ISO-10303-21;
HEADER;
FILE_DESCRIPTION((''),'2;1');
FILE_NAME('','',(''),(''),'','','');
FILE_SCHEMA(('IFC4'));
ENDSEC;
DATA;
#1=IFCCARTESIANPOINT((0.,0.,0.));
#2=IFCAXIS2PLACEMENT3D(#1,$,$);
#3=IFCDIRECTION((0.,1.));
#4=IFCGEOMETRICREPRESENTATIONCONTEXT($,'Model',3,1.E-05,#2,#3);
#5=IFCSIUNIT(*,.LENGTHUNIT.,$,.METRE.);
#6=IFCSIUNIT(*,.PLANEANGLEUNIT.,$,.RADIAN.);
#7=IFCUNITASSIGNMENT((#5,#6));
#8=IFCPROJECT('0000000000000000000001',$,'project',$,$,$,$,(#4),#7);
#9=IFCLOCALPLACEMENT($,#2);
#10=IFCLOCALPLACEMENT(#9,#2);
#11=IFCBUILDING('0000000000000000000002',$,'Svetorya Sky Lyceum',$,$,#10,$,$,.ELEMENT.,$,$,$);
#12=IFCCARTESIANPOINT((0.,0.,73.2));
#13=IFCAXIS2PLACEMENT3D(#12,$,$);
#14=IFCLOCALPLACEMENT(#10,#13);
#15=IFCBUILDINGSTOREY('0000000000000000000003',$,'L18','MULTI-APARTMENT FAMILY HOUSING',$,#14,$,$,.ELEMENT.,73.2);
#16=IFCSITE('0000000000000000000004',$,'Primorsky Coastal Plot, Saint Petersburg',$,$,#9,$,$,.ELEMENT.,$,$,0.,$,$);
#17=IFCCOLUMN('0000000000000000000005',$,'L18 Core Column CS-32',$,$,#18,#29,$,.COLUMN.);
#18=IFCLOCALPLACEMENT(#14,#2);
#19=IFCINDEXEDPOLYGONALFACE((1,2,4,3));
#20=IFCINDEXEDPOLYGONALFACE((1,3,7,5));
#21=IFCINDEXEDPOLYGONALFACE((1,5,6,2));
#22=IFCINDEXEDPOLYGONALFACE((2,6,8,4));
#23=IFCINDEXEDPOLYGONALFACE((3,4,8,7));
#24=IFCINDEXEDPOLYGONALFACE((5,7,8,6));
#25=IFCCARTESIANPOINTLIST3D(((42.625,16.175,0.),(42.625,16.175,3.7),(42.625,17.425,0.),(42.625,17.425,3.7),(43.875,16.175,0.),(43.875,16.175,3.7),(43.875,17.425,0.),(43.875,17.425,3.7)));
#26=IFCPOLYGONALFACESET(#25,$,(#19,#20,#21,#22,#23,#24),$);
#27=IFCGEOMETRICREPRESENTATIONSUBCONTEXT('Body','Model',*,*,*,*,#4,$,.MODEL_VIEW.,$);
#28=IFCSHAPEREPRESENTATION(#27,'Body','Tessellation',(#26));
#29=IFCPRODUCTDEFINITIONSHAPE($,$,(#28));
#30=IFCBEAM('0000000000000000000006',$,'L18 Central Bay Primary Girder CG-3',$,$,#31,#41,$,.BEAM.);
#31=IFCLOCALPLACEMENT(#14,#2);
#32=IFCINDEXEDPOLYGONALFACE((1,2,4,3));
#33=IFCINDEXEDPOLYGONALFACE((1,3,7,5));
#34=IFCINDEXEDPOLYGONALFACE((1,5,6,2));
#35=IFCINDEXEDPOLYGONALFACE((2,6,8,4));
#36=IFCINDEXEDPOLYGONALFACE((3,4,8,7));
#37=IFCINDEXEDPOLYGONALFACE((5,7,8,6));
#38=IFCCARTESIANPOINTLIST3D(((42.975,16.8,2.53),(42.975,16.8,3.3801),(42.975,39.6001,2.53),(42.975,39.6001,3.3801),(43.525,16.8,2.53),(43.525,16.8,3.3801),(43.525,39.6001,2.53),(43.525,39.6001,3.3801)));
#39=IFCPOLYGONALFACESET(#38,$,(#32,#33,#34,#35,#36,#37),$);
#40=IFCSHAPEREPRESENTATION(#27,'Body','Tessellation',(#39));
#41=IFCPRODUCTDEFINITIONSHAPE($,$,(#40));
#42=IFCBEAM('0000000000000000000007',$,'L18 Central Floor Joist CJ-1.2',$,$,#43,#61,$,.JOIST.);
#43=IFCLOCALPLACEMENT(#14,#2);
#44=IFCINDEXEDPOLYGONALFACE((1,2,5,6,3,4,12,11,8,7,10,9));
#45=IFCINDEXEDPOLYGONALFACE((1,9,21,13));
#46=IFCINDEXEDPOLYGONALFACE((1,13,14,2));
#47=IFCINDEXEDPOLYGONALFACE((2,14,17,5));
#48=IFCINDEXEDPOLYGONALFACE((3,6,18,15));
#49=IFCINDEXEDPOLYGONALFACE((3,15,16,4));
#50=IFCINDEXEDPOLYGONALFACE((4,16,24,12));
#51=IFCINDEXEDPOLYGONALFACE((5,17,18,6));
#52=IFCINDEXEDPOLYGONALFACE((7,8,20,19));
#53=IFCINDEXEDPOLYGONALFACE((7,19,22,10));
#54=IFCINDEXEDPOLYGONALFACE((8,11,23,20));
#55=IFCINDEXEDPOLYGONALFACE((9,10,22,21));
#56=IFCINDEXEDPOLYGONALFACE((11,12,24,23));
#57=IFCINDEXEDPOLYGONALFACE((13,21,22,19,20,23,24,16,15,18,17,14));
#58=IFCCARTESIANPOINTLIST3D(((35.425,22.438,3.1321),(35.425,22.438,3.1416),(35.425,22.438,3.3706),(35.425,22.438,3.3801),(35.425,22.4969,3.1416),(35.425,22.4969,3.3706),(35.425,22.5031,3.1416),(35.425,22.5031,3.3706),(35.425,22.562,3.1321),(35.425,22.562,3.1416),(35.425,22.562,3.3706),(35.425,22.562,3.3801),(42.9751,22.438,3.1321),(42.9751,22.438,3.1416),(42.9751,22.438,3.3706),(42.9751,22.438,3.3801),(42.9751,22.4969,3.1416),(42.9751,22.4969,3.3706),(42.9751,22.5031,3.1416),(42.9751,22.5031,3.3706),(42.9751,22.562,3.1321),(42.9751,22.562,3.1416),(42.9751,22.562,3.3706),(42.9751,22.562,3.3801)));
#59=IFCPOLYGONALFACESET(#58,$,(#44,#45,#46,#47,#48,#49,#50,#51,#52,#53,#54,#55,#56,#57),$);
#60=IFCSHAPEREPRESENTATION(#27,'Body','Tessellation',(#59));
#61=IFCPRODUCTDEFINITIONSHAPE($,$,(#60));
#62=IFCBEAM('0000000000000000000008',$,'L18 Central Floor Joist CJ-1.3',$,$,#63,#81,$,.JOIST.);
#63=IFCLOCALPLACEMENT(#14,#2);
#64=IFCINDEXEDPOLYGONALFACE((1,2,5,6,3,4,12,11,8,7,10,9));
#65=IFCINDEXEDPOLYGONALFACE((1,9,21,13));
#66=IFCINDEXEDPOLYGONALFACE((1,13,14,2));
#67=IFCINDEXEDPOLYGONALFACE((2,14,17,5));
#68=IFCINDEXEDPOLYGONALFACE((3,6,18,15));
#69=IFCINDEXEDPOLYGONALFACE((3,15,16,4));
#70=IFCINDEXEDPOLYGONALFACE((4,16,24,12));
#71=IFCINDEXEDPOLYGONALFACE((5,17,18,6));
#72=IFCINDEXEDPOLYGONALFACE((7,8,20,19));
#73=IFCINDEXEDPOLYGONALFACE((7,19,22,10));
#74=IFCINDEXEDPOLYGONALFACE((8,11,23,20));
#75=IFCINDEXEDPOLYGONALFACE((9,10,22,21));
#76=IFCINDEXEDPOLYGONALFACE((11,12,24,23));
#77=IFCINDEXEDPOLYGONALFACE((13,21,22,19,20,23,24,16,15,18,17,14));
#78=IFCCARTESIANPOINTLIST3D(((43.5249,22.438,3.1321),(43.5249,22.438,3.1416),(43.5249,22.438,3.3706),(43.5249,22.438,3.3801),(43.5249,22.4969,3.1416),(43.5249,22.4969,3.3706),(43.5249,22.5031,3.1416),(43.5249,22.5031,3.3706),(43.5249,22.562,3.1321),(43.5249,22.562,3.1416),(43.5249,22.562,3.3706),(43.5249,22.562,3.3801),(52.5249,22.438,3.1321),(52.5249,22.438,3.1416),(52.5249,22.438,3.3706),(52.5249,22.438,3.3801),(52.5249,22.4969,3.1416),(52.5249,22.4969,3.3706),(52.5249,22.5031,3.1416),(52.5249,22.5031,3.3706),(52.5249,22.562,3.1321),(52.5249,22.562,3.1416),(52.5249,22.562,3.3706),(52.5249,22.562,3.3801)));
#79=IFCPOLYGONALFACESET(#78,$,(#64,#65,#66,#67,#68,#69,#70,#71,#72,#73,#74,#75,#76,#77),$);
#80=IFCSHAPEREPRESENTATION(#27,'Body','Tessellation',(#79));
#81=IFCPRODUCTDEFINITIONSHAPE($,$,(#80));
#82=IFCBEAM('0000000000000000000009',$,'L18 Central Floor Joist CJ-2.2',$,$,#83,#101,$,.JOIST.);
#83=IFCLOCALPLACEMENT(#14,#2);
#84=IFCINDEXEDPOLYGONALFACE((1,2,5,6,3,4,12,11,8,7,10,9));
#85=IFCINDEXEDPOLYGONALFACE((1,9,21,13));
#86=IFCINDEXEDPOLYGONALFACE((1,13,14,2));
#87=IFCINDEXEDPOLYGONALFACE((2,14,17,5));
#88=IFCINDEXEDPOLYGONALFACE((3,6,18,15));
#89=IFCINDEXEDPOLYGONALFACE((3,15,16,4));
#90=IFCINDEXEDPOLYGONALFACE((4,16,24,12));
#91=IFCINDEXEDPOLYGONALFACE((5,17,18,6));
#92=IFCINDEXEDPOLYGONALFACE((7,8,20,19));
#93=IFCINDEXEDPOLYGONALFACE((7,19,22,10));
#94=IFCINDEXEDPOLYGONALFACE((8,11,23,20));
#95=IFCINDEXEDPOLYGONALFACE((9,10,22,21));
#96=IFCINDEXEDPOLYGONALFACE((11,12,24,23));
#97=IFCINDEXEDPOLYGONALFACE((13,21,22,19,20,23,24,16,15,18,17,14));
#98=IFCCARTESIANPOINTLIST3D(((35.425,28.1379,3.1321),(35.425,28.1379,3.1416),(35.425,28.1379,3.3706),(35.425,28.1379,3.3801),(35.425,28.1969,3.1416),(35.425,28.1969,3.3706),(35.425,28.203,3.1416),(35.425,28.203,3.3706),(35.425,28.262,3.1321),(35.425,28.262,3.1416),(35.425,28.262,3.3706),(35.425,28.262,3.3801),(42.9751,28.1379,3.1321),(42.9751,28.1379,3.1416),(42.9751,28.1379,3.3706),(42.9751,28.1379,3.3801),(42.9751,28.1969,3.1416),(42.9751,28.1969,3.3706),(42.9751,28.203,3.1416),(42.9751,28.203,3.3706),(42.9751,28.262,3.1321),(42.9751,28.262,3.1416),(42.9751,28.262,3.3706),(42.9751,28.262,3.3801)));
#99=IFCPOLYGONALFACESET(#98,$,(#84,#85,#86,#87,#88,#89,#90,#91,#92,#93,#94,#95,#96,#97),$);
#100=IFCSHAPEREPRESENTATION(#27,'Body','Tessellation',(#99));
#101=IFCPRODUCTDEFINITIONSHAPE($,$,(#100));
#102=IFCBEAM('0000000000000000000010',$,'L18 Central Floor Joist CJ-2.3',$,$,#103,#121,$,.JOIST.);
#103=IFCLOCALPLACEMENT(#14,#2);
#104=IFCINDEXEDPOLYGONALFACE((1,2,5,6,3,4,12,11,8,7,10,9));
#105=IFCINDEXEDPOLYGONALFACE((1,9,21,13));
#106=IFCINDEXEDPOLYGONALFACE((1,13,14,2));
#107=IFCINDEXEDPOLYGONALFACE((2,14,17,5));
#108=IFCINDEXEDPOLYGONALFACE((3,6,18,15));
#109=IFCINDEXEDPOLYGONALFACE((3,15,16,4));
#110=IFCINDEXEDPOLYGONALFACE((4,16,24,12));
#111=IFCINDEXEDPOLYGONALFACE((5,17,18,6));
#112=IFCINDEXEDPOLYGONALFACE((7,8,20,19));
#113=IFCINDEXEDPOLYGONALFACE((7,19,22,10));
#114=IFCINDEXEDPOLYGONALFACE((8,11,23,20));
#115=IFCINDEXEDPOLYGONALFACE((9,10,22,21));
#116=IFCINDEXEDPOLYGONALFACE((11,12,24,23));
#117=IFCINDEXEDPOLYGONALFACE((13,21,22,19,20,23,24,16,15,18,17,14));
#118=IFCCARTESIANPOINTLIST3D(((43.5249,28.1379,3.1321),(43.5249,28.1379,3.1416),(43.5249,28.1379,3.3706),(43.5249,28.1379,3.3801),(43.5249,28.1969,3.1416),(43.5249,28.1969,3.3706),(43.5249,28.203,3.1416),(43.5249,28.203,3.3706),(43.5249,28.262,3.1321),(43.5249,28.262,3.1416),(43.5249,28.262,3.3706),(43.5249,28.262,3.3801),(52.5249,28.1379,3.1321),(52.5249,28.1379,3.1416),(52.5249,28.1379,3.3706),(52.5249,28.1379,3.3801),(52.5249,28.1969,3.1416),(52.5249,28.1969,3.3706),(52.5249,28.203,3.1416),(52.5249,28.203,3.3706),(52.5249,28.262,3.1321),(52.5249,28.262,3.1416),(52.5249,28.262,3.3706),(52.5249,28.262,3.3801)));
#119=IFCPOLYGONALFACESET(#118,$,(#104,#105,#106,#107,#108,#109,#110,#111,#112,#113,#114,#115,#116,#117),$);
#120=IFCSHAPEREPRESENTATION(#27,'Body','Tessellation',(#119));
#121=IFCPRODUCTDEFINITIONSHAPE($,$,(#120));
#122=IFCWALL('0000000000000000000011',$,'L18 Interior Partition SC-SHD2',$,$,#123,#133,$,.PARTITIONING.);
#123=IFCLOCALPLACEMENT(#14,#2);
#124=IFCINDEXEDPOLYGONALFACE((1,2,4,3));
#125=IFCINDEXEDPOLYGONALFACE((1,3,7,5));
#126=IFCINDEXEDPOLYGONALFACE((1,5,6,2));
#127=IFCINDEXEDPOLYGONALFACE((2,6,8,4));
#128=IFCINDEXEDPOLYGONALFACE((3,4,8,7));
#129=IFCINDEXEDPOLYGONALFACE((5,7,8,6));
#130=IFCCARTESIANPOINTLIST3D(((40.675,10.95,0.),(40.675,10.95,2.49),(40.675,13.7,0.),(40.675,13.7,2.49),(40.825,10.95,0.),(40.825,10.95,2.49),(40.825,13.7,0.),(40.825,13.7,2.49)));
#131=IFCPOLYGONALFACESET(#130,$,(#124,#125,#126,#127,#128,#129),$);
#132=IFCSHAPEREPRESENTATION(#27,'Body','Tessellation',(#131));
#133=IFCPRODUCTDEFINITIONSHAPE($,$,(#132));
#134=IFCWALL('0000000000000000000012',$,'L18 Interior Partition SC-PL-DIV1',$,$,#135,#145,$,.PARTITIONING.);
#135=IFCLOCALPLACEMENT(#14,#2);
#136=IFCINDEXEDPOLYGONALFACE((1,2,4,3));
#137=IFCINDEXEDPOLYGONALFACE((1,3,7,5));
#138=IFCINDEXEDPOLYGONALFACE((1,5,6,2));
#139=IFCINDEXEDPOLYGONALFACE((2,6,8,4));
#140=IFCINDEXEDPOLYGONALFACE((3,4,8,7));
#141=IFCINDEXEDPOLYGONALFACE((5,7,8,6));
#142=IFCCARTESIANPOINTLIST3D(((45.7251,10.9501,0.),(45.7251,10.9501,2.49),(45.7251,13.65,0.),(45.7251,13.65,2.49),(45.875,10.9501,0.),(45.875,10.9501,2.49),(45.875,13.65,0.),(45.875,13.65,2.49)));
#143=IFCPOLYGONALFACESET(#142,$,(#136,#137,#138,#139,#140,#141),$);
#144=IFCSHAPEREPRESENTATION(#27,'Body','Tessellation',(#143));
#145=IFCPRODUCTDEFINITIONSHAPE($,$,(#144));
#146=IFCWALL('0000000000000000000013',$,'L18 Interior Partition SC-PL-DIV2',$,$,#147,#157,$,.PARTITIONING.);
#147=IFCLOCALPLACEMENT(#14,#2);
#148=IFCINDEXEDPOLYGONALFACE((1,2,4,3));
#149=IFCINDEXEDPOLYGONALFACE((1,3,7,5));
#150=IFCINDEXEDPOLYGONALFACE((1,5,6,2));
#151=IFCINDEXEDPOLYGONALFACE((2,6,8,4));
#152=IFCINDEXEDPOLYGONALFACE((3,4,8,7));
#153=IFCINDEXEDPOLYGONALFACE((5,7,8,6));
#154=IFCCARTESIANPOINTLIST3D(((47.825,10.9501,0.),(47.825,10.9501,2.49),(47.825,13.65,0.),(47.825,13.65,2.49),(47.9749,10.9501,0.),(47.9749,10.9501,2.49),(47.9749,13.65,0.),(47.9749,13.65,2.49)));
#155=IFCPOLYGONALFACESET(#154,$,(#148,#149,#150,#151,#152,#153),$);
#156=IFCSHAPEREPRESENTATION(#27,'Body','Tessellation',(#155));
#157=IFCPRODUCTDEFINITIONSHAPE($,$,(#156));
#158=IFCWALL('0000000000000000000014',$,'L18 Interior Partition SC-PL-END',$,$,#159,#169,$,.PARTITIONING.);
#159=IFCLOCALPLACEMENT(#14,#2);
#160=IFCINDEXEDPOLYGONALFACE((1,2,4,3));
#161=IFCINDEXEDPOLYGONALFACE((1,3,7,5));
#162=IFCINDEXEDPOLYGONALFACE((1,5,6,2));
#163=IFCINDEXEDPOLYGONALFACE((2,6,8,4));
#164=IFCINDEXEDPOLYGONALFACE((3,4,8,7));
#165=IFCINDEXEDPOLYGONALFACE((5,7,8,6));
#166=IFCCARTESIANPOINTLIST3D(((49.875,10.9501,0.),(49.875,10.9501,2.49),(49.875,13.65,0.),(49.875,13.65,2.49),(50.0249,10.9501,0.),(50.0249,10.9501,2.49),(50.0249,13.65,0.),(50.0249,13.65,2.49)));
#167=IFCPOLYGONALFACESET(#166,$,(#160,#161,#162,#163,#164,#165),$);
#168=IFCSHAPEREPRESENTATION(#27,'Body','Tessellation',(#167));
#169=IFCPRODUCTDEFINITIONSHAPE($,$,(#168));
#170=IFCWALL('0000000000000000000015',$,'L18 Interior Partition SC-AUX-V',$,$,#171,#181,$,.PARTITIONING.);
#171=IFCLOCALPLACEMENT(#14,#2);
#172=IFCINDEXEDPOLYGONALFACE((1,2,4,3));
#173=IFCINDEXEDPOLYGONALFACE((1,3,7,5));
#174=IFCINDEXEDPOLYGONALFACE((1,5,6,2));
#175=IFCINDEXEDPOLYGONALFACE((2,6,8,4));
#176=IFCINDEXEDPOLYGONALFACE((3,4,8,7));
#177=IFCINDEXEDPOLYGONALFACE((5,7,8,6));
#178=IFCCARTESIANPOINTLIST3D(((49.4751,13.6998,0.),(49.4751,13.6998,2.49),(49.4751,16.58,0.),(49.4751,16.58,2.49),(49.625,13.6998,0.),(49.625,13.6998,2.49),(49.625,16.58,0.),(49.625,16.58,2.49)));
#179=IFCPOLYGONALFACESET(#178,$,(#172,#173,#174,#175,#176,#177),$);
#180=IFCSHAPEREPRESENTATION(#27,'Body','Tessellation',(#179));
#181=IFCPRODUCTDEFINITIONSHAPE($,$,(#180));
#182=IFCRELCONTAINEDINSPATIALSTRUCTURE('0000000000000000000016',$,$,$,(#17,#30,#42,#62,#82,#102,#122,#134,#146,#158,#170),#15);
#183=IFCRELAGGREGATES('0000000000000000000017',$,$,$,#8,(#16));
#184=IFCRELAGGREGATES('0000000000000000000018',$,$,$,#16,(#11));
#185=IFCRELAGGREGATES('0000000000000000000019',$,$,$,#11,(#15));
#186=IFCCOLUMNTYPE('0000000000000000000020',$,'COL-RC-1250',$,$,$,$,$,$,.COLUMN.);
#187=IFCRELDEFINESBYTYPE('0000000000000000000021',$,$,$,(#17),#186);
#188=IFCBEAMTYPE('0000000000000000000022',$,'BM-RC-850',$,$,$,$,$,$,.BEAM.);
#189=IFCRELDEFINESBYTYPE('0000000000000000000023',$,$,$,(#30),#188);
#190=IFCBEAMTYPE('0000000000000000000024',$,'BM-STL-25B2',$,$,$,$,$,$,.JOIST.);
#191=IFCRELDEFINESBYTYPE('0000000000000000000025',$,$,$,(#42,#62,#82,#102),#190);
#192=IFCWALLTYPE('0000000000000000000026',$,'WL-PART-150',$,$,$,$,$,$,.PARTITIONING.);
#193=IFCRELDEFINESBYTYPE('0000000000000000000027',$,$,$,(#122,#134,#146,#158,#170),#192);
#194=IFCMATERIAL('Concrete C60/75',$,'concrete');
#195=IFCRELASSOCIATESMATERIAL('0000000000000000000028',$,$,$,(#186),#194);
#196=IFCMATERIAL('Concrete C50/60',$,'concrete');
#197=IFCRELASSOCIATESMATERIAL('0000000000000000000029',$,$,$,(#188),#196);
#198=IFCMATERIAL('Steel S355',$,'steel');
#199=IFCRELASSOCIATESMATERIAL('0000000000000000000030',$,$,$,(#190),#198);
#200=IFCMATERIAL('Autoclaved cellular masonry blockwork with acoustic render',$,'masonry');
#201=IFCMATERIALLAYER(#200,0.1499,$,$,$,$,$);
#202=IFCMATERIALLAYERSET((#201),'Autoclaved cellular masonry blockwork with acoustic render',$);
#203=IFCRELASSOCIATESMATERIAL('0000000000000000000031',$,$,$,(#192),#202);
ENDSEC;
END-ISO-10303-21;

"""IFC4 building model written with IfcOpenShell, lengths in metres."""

from ifc_helpers import new_model, si_unit, direction, frame, frame_2d, origin, origin_2d, place, context, subcontext, project, spatial, rectangle, i_section, extrude, material, layer, layer_set, material_profile, profile_set, type_object, element, save


model = new_model("IFC4")

# Units and contexts
model_context = context("Model", 3, precision=1e-05, world=origin(), true_north=direction((0.0, 1.0)))
body_context = subcontext(model_context, "Body", "Model", "MODEL_VIEW")
ifc_project = project(units=[si_unit("LENGTHUNIT", "METRE"), si_unit("PLANEANGLEUNIT", "RADIAN")], contexts=[model_context])

# Site, building, storey
site_placement = place(None, origin())
site = spatial("IfcSite", under=ifc_project, at=site_placement, Name="Primorsky Coastal Plot, Saint Petersburg", CompositionType="ELEMENT", RefElevation=0.0)
building_placement = place(site_placement, origin())
building = spatial("IfcBuilding", under=site, at=building_placement, Name="Svetorya Sky Lyceum", CompositionType="ELEMENT")
storey_placement = place(building_placement, frame((0.0, 0.0, 73.2)))
storey = spatial("IfcBuildingStorey", under=building, at=storey_placement, Name="L18", Description="MULTI-APARTMENT FAMILY HOUSING", CompositionType="ELEMENT", Elevation=73.2)

# Column
ifc_material_1 = material(Name="Concrete C60/75", Category="concrete")
ifc_material_profile_1 = material_profile(ifc_material_1, rectangle(XDim=1.25, YDim=1.25, at=origin_2d()), Name="RC COL 1250x1250")
ifc_profile_set_1 = profile_set([ifc_material_profile_1], Name="Concrete C60/75")
column_type = type_object("IfcColumnType", Name="COL-RC-1250", PredefinedType="COLUMN", material=ifc_profile_set_1)
column_placement = place(storey_placement, frame((43.25, 16.8, 0.0), z_axis=(0.0, 0.0, 1.0), x_axis=(1.0, 0.0, 0.0)))
element("IfcColumn", 1, at=column_placement, inside=storey, type_object=column_type, Name="L18 Core Column CS-32", PredefinedType="COLUMN", context=body_context, shape_type="SweptSolid", body=[
    extrude(rectangle(XDim=1.25, YDim=1.25, at=origin_2d()), origin(), (0.0, 0.0, 1.0), 3.7),
])

# Beams
ifc_material_2 = material(Name="Concrete C50/60", Category="concrete")
ifc_material_profile_2 = material_profile(ifc_material_2, rectangle(XDim=0.55, YDim=0.8501, at=origin_2d()), Name="RC BEAM 550x850")
ifc_profile_set_2 = profile_set([ifc_material_profile_2], Name="Concrete C50/60")
beam_type_1 = type_object("IfcBeamType", Name="BM-RC-850", PredefinedType="BEAM", material=ifc_profile_set_2)
beam_1_placement = place(storey_placement, frame((43.25, 16.8, 2.9551), z_axis=(0.0, 1.0, 0.0), x_axis=(-1.0, 0.0, 0.0)))
element("IfcBeam", 2, at=beam_1_placement, inside=storey, type_object=beam_type_1, Name="L18 Central Bay Primary Girder CG-3", PredefinedType="BEAM", context=body_context, shape_type="SweptSolid", body=[
    extrude(rectangle(XDim=0.55, YDim=0.8501, at=origin_2d()), origin(), (0.0, 0.0, 1.0), 22.8),
])
ifc_material_3 = material(Name="Steel S355", Category="steel")
ifc_material_profile_3 = material_profile(ifc_material_3, i_section(OverallWidth=0.124, OverallDepth=0.248, WebThickness=0.0061, FlangeThickness=0.0095, at=origin_2d()), Name="GOST 25B2")
ifc_profile_set_3 = profile_set([ifc_material_profile_3], Name="Steel S355")
beam_type_2 = type_object("IfcBeamType", Name="BM-STL-25B2", PredefinedType="JOIST", material=ifc_profile_set_3)
beam_2_placement = place(storey_placement, frame((35.425, 22.5, 3.2561), z_axis=(1.0, 0.0, 0.0), x_axis=(0.0, 1.0, 0.0)))
element("IfcBeam", 3, at=beam_2_placement, inside=storey, type_object=beam_type_2, Name="L18 Central Floor Joist CJ-1.2", PredefinedType="JOIST", context=body_context, shape_type="SweptSolid", body=[
    extrude(i_section(OverallWidth=0.124, OverallDepth=0.248, WebThickness=0.0061, FlangeThickness=0.0095, at=origin_2d()), origin(), (0.0, 0.0, 1.0), 7.55),
])
beam_3_placement = place(storey_placement, frame((43.5249, 22.5, 3.2561), z_axis=(1.0, 0.0, 0.0), x_axis=(0.0, 1.0, 0.0)))
element("IfcBeam", 4, at=beam_3_placement, inside=storey, type_object=beam_type_2, Name="L18 Central Floor Joist CJ-1.3", PredefinedType="JOIST", context=body_context, shape_type="SweptSolid", body=[
    extrude(i_section(OverallWidth=0.124, OverallDepth=0.248, WebThickness=0.0061, FlangeThickness=0.0095, at=origin_2d()), origin(), (0.0, 0.0, 1.0), 9.0),
])
beam_4_placement = place(storey_placement, frame((35.425, 28.2, 3.2561), z_axis=(1.0, 0.0, 0.0), x_axis=(0.0, 1.0, 0.0)))
element("IfcBeam", 5, at=beam_4_placement, inside=storey, type_object=beam_type_2, Name="L18 Central Floor Joist CJ-2.2", PredefinedType="JOIST", context=body_context, shape_type="SweptSolid", body=[
    extrude(i_section(OverallWidth=0.124, OverallDepth=0.248, WebThickness=0.0061, FlangeThickness=0.0095, at=origin_2d()), origin(), (0.0, 0.0, 1.0), 7.55),
])
beam_5_placement = place(storey_placement, frame((43.5249, 28.2, 3.2561), z_axis=(1.0, 0.0, 0.0), x_axis=(0.0, 1.0, 0.0)))
element("IfcBeam", 6, at=beam_5_placement, inside=storey, type_object=beam_type_2, Name="L18 Central Floor Joist CJ-2.3", PredefinedType="JOIST", context=body_context, shape_type="SweptSolid", body=[
    extrude(i_section(OverallWidth=0.124, OverallDepth=0.248, WebThickness=0.0061, FlangeThickness=0.0095, at=origin_2d()), origin(), (0.0, 0.0, 1.0), 9.0),
])

# Walls
ifc_material_4 = material(Name="Autoclaved cellular masonry blockwork with acoustic render", Category="masonry")
ifc_layer_1 = layer(ifc_material_4, 0.1499)
ifc_layer_set_1 = layer_set([ifc_layer_1], Name="Autoclaved cellular masonry blockwork with acoustic render")
wall_type_1 = type_object("IfcWallType", Name="WL-PART-150", PredefinedType="PARTITIONING", material=ifc_layer_set_1)
wall_1_placement = place(storey_placement, frame((40.75, 10.95, 0.0), z_axis=(0.0, 0.0, 1.0), x_axis=(0.0, 1.0, 0.0)))
element("IfcWall", 7, at=wall_1_placement, inside=storey, type_object=wall_type_1, Name="L18 Interior Partition SC-SHD2", PredefinedType="PARTITIONING", context=body_context, shape_type="SweptSolid", body=[
    extrude(rectangle(XDim=2.75, YDim=0.1499, at=frame_2d((1.375, 0.0))), origin(), (0.0, 0.0, 1.0), 2.49),
])
for number, where, z_axis, x_axis, name in (
    (8, (45.8, 10.95, 0.0), (0.0, 0.0, 1.0), (0.0, 1.0, 0.0), "L18 Interior Partition SC-PL-DIV1"),
    (9, (47.8999, 10.95, 0.0), (0.0, 0.0, 1.0), (0.0, 1.0, 0.0), "L18 Interior Partition SC-PL-DIV2"),
    (10, (49.95, 10.95, 0.0), (0.0, 0.0, 1.0), (0.0, 1.0, 0.0), "L18 Interior Partition SC-PL-END"),
):
    element("IfcWall", number, at=place(storey_placement, frame(where, z_axis=z_axis, x_axis=x_axis)), inside=storey, type_object=wall_type_1, Name=name, PredefinedType="PARTITIONING", context=body_context, shape_type="SweptSolid", body=[
        extrude(rectangle(XDim=2.7, YDim=0.1499, at=frame_2d((1.3501, 0.0))), origin(), (0.0, 0.0, 1.0), 2.49),
    ])
wall_2_placement = place(storey_placement, frame((49.55, 13.7, 0.0), z_axis=(0.0, 0.0, 1.0), x_axis=(0.0, 1.0, 0.0)))
element("IfcWall", 11, at=wall_2_placement, inside=storey, type_object=wall_type_1, Name="L18 Interior Partition SC-AUX-V", PredefinedType="PARTITIONING", context=body_context, shape_type="SweptSolid", body=[
    extrude(rectangle(XDim=2.8801, YDim=0.1499, at=frame_2d((1.4399, 0.0))), origin(), (0.0, 0.0, 1.0), 2.49),
])

save(model, "model.ifc")
